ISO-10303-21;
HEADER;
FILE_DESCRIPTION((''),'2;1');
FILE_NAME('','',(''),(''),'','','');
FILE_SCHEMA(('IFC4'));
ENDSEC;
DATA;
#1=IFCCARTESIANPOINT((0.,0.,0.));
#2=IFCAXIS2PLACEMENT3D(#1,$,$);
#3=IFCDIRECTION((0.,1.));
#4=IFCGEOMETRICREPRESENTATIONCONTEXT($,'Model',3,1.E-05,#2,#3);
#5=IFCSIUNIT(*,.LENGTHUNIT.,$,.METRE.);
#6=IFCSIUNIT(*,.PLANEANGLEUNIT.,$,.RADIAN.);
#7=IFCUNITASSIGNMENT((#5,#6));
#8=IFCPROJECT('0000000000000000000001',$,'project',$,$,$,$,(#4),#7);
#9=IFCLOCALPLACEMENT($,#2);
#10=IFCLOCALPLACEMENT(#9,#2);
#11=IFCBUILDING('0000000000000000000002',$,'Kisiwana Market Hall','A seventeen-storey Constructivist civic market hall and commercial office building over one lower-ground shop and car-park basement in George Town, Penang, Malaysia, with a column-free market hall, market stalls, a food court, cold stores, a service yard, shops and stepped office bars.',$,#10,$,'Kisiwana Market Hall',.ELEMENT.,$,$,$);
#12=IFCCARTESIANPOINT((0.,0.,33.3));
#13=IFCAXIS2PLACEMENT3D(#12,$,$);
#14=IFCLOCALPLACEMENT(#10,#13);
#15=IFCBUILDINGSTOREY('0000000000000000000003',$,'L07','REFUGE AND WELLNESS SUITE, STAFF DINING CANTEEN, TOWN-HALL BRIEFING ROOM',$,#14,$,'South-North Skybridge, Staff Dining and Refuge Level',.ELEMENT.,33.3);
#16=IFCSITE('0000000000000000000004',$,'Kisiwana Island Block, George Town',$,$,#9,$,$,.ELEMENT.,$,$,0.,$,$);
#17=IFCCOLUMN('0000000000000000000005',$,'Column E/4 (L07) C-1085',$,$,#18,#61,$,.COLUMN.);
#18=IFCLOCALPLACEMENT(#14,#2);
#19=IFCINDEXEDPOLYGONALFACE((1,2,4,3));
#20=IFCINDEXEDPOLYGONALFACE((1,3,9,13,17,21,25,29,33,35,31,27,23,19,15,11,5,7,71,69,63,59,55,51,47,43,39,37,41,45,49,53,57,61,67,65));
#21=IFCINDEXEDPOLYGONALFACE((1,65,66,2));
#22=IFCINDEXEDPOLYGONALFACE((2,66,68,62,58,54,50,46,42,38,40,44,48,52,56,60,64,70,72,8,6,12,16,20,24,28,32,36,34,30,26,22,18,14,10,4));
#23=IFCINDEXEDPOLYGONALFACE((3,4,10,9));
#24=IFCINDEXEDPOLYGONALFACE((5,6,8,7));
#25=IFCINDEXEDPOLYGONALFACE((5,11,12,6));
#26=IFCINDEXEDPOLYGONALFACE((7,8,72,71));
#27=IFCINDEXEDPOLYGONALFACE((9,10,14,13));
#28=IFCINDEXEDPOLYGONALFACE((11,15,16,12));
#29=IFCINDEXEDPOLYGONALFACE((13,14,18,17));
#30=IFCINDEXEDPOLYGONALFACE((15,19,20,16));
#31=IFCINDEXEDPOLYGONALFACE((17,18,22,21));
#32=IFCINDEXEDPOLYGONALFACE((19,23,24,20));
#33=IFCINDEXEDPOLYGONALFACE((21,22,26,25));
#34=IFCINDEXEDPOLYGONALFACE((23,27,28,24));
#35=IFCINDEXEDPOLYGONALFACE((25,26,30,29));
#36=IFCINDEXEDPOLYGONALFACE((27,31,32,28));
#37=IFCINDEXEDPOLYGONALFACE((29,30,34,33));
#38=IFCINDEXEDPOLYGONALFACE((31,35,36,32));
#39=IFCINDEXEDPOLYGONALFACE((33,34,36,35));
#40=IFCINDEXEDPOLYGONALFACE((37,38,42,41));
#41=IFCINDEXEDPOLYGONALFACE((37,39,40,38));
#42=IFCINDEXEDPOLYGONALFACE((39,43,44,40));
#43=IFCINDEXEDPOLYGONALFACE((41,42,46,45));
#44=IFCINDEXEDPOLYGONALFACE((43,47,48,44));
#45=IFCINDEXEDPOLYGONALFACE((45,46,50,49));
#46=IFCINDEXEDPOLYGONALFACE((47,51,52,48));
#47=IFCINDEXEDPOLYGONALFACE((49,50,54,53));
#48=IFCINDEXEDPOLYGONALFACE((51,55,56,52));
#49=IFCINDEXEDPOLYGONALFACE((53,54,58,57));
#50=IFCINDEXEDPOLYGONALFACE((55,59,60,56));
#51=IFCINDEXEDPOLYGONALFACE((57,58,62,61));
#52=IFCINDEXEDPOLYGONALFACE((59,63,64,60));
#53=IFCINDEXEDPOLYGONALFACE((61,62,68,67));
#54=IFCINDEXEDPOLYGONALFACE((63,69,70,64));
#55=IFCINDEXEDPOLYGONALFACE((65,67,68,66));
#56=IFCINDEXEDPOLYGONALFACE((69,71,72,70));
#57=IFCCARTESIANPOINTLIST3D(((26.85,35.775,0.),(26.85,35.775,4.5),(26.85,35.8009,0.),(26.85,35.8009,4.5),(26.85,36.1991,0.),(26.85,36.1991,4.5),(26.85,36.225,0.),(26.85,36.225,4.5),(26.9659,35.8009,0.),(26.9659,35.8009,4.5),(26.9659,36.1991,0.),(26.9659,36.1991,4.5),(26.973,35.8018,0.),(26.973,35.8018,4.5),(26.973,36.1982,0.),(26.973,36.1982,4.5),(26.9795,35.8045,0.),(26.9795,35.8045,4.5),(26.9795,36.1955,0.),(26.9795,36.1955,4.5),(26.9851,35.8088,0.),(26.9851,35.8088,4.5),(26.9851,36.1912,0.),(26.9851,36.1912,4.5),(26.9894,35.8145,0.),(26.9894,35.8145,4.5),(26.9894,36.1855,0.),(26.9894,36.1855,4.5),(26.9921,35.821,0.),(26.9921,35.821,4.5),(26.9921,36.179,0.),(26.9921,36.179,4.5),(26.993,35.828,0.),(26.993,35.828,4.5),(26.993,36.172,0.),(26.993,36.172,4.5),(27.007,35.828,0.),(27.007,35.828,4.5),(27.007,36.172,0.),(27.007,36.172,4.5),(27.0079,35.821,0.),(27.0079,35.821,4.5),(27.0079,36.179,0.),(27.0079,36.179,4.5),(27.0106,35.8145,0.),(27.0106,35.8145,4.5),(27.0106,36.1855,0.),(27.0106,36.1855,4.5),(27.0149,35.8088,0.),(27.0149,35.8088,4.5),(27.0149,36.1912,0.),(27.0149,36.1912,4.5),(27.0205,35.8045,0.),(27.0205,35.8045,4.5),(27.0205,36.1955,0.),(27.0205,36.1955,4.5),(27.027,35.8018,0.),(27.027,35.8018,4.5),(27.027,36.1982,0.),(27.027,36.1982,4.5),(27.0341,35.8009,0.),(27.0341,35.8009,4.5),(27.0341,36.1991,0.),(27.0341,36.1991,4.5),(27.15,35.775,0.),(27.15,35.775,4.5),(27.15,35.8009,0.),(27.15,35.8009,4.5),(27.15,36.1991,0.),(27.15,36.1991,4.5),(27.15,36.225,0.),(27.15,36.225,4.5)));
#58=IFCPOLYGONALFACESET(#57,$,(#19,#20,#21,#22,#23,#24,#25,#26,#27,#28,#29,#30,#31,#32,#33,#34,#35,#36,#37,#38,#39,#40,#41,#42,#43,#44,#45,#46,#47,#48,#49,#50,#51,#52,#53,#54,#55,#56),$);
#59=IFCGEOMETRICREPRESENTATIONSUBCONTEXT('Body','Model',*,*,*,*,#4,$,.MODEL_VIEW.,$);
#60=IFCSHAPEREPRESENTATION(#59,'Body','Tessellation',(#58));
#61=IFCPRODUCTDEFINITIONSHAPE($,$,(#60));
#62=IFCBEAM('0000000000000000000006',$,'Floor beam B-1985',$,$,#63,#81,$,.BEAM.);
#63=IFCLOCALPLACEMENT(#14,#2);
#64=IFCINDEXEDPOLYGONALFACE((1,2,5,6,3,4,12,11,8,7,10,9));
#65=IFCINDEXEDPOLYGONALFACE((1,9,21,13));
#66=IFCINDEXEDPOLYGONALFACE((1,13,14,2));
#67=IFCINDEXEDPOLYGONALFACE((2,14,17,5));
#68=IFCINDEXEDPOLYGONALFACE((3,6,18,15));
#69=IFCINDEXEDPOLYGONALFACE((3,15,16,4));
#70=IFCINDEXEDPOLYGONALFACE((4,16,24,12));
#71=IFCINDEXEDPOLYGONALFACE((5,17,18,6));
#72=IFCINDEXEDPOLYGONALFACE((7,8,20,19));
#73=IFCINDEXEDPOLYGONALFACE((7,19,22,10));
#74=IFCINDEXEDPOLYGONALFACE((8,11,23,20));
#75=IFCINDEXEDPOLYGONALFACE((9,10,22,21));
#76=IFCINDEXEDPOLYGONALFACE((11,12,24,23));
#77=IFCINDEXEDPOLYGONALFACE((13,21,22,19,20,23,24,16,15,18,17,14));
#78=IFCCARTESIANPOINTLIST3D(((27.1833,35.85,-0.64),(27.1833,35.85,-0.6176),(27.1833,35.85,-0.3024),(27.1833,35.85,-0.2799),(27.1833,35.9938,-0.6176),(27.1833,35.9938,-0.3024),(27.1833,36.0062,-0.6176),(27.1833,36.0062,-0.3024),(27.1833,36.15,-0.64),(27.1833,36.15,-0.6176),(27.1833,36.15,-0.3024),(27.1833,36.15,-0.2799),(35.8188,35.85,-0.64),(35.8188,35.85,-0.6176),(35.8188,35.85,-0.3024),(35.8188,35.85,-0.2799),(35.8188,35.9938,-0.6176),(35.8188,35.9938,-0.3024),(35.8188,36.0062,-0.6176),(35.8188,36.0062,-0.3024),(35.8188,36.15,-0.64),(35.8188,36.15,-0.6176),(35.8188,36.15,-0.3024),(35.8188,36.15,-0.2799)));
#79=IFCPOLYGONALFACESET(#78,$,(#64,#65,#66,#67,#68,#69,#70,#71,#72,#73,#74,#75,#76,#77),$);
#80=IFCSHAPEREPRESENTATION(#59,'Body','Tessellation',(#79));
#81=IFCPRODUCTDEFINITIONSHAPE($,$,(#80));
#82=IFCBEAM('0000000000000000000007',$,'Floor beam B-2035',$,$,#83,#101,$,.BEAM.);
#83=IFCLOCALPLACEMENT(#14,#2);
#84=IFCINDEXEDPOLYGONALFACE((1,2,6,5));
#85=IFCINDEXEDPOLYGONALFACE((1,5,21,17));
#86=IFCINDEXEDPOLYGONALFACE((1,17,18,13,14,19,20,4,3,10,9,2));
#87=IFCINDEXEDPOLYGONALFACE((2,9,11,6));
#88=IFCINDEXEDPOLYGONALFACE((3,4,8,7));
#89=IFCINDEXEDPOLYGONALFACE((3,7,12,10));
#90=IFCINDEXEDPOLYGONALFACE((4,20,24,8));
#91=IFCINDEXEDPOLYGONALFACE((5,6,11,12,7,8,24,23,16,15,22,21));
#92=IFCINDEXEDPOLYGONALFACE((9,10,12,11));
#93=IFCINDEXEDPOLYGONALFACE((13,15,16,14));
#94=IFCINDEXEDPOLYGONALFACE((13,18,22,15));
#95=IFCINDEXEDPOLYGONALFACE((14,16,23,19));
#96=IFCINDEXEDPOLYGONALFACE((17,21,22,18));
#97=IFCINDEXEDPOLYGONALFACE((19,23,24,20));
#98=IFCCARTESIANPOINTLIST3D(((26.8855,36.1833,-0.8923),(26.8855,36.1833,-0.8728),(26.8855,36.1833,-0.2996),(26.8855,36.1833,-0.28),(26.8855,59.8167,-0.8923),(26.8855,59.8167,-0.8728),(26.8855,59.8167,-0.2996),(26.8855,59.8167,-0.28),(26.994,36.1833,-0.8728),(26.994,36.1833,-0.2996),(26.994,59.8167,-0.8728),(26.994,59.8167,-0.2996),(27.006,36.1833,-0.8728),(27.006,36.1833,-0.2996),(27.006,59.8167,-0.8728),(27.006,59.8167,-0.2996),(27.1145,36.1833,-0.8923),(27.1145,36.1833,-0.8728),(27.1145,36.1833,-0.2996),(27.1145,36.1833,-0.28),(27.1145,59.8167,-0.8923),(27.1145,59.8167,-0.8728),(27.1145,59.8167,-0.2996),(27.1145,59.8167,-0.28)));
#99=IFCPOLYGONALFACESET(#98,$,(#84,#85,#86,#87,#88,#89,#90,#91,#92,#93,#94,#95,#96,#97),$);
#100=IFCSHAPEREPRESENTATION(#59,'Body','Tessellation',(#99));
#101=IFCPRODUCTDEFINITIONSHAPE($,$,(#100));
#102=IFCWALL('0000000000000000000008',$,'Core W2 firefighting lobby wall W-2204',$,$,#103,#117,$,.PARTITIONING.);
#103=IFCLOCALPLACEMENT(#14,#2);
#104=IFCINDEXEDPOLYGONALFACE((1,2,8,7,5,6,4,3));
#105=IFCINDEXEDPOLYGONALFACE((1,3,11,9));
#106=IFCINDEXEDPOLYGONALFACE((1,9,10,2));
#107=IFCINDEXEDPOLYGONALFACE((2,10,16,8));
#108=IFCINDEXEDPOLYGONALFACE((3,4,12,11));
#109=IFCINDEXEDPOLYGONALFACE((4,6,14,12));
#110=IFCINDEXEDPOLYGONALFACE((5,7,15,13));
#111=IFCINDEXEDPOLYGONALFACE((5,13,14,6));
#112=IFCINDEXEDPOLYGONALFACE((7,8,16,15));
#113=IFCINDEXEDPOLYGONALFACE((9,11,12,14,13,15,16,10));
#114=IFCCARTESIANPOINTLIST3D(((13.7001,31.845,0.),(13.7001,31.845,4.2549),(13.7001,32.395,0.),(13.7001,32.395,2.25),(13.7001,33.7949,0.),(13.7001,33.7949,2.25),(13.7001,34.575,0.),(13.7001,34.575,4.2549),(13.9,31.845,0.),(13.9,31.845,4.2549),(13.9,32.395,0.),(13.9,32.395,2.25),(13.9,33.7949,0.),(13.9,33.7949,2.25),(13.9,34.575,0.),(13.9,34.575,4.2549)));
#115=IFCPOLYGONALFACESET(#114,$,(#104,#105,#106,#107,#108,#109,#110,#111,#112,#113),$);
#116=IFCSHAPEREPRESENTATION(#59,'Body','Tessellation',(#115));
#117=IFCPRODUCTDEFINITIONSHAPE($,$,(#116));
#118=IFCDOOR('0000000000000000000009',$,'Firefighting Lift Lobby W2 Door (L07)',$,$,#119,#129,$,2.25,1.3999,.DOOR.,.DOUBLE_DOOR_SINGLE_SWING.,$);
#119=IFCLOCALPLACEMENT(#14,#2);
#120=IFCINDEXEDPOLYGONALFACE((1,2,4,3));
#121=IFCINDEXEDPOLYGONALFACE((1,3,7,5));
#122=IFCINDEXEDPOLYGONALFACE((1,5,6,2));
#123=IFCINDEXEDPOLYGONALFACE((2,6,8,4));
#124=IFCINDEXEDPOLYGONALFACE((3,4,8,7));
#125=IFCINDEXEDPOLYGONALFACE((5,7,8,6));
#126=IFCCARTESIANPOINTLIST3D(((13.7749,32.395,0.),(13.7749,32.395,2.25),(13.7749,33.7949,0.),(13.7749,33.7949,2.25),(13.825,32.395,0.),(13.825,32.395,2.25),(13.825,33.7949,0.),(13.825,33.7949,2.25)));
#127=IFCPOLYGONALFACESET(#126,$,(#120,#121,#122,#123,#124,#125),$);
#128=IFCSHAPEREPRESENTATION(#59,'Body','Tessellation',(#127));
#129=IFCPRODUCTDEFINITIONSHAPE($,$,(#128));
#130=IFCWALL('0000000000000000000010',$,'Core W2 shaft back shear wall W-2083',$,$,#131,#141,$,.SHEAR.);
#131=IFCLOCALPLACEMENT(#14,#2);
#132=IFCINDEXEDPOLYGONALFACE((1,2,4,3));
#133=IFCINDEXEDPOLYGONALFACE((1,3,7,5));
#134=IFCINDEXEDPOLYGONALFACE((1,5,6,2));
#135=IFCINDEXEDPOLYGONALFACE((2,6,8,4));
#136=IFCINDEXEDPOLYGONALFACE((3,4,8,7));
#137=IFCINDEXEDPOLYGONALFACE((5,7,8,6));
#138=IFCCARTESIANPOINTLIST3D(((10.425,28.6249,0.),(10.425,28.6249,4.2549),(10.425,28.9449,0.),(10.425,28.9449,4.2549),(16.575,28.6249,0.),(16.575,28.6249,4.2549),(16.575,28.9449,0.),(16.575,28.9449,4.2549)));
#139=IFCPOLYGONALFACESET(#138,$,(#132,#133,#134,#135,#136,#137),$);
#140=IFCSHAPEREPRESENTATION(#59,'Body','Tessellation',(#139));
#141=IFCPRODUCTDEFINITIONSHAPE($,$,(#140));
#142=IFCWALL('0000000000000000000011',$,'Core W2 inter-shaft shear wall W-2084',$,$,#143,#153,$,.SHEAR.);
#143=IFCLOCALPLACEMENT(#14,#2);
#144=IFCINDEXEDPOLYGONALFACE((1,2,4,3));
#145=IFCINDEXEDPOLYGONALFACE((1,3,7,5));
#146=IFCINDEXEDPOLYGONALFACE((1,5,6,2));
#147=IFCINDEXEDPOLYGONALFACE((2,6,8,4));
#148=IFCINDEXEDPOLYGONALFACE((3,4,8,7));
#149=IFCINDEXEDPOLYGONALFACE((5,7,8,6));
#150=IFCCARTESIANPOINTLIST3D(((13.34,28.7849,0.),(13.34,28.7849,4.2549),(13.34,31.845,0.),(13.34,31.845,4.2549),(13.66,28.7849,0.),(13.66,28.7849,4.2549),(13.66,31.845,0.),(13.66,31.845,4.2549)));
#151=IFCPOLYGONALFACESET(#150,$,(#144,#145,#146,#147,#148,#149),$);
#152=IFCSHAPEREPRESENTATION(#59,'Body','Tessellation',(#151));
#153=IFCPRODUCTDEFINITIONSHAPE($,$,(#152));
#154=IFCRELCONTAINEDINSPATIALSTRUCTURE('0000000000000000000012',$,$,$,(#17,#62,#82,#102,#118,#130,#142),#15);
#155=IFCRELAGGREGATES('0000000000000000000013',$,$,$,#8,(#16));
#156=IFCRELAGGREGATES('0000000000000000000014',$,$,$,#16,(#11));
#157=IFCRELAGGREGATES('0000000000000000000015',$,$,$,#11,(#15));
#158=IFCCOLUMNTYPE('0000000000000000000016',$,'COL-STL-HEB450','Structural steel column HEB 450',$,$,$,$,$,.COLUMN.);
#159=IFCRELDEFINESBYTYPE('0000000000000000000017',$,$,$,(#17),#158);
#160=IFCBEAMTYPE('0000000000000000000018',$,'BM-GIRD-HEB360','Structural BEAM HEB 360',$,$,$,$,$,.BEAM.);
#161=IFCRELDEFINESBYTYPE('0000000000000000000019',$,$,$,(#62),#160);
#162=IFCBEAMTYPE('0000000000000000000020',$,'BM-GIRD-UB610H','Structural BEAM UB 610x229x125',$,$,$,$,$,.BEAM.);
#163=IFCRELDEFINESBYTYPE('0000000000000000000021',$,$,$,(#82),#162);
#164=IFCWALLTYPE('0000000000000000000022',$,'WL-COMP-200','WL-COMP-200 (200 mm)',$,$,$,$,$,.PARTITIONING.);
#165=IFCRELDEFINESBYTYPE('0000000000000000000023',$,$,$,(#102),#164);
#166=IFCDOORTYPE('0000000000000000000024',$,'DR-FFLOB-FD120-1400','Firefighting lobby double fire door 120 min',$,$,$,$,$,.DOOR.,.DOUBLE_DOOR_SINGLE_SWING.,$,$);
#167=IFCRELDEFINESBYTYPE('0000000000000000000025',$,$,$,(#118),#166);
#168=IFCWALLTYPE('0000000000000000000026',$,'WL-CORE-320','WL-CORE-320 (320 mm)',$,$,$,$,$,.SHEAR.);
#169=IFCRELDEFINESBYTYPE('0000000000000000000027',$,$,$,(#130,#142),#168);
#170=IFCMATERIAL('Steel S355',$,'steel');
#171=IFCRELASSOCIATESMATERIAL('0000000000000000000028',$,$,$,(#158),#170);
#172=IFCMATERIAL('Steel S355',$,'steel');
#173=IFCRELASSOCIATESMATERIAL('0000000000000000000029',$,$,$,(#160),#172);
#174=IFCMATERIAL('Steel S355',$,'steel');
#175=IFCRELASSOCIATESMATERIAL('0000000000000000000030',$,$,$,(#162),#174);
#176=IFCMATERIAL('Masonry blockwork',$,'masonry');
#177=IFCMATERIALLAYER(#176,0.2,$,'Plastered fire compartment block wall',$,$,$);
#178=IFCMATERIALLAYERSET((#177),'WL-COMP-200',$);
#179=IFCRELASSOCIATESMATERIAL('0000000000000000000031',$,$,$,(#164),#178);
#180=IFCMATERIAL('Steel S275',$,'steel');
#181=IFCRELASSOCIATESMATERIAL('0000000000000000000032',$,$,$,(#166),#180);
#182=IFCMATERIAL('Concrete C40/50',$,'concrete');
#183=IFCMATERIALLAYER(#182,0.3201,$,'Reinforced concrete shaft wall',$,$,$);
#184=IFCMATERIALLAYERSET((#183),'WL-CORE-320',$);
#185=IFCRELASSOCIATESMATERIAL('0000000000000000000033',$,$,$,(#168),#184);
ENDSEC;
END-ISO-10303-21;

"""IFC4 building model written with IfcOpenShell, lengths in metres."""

from ifc_helpers import new_model, si_unit, direction, frame, frame_2d, origin, origin_2d, place, context, subcontext, project, spatial, rectangle, i_section, extrude, material, layer, layer_set, material_profile, profile_set, type_object, element, fill, save


model = new_model("IFC4")

# Units and contexts
model_context = context("Model", 3, precision=1e-05, world=origin(), true_north=direction((0.0, 1.0)))
body_context = subcontext(model_context, "Body", "Model", "MODEL_VIEW")
ifc_project = project(units=[si_unit("LENGTHUNIT", "METRE"), si_unit("PLANEANGLEUNIT", "RADIAN")], contexts=[model_context])

# Site, building, storey
site_placement = place(None, origin())
site = spatial("IfcSite", under=ifc_project, at=site_placement, Name="Kisiwana Island Block, George Town", CompositionType="ELEMENT", RefElevation=0.0)
building_placement = place(site_placement, origin())
building = spatial("IfcBuilding", under=site, at=building_placement, Name="Kisiwana Market Hall", Description="A seventeen-storey Constructivist civic market hall and commercial office building over one lower-ground shop and car-park basement in George Town, Penang, Malaysia, with a column-free market hall, market stalls, a food court, cold stores, a service yard, shops and stepped office bars.", LongName="Kisiwana Market Hall", CompositionType="ELEMENT")
storey_placement = place(building_placement, frame((0.0, 0.0, 33.3)))
storey = spatial("IfcBuildingStorey", under=building, at=storey_placement, Name="L07", Description="REFUGE AND WELLNESS SUITE, STAFF DINING CANTEEN, TOWN-HALL BRIEFING ROOM", LongName="South-North Skybridge, Staff Dining and Refuge Level", CompositionType="ELEMENT", Elevation=33.3)

# Column
ifc_material_1 = material(Name="Steel S355", Category="steel")
ifc_material_profile_1 = material_profile(ifc_material_1, i_section(OverallWidth=0.3, OverallDepth=0.45, WebThickness=0.0139, FlangeThickness=0.0259, FilletRadius=0.0271, at=origin_2d()), Name="HEB 450")
ifc_profile_set_1 = profile_set([ifc_material_profile_1], Name="Steel S355")
column_type = type_object("IfcColumnType", Name="COL-STL-HEB450", Description="Structural steel column HEB 450", PredefinedType="COLUMN", material=ifc_profile_set_1)
column_placement = place(storey_placement, frame((27.0, 36.0, 0.0), z_axis=(0.0, 0.0, 1.0), x_axis=(1.0, 0.0, 0.0)))
element("IfcColumn", 1, at=column_placement, inside=storey, type_object=column_type, Name="Column E/4 (L07) C-1085", PredefinedType="COLUMN", context=body_context, shape_type="SweptSolid", body=[
    extrude(i_section(OverallWidth=0.3, OverallDepth=0.45, WebThickness=0.0139, FlangeThickness=0.0259, FilletRadius=0.0271, at=origin_2d()), origin(), (0.0, 0.0, 1.0), 4.5),
])

# Beams
ifc_material_2 = material(Name="Steel S355", Category="steel")
ifc_material_profile_2 = material_profile(ifc_material_2, i_section(OverallWidth=0.3, OverallDepth=0.3601, WebThickness=0.0125, FlangeThickness=0.0225, at=origin_2d()), Name="HEB 360")
ifc_profile_set_2 = profile_set([ifc_material_profile_2], Name="Steel S355")
beam_type_1 = type_object("IfcBeamType", Name="BM-GIRD-HEB360", Description="Structural BEAM HEB 360", PredefinedType="BEAM", material=ifc_profile_set_2)
beam_1_placement = place(storey_placement, frame((27.1833, 36.0, -0.46), z_axis=(1.0, 0.0, 0.0), x_axis=(0.0, 1.0, 0.0)))
element("IfcBeam", 2, at=beam_1_placement, inside=storey, type_object=beam_type_1, Name="Floor beam B-1985", PredefinedType="BEAM", context=body_context, shape_type="SweptSolid", body=[
    extrude(i_section(OverallWidth=0.3, OverallDepth=0.3601, WebThickness=0.0125, FlangeThickness=0.0225, at=origin_2d()), origin(), (0.0, 0.0, 1.0), 8.6355),
])
ifc_material_3 = material(Name="Steel S355", Category="steel")
ifc_material_profile_3 = material_profile(ifc_material_3, i_section(OverallWidth=0.229, OverallDepth=0.6123, WebThickness=0.012, FlangeThickness=0.0195, at=origin_2d()), Name="UB 610x229x125")
ifc_profile_set_3 = profile_set([ifc_material_profile_3], Name="Steel S355")
beam_type_2 = type_object("IfcBeamType", Name="BM-GIRD-UB610H", Description="Structural BEAM UB 610x229x125", PredefinedType="BEAM", material=ifc_profile_set_3)
beam_2_placement = place(storey_placement, frame((27.0, 36.1833, -0.5862), z_axis=(0.0, 1.0, 0.0), x_axis=(-1.0, 0.0, 0.0)))
element("IfcBeam", 3, at=beam_2_placement, inside=storey, type_object=beam_type_2, Name="Floor beam B-2035", PredefinedType="BEAM", context=body_context, shape_type="SweptSolid", body=[
    extrude(i_section(OverallWidth=0.229, OverallDepth=0.6123, WebThickness=0.012, FlangeThickness=0.0195, at=origin_2d()), origin(), (0.0, 0.0, 1.0), 23.6333),
])

# Wall, opening, door
ifc_material_4 = material(Name="Masonry blockwork", Category="masonry")
ifc_layer_1 = layer(ifc_material_4, 0.2, Name="Plastered fire compartment block wall")
ifc_layer_set_1 = layer_set([ifc_layer_1], Name="WL-COMP-200")
wall_type_1 = type_object("IfcWallType", Name="WL-COMP-200", Description="WL-COMP-200 (200 mm)", PredefinedType="PARTITIONING", material=ifc_layer_set_1)
wall_1_placement = place(storey_placement, frame((13.8, 31.845, 0.0), z_axis=(0.0, 0.0, 1.0), x_axis=(0.0, 1.0, 0.0)))
wall_1 = element("IfcWall", 4, at=wall_1_placement, inside=storey, type_object=wall_type_1, Name="Core W2 firefighting lobby wall W-2204", PredefinedType="PARTITIONING", context=body_context, shape_type="SweptSolid", body=[
    extrude(rectangle(XDim=2.73, YDim=0.2, at=frame_2d((1.365, 0.0))), origin(), (0.0, 0.0, 1.0), 4.2549),
])
opening_1_placement = place(wall_1_placement, frame((0.55, 0.0, 0.0)))
opening_1 = element("IfcOpeningElement", 5, at=opening_1_placement, cuts=wall_1, PredefinedType="OPENING", context=body_context, shape_type="SweptSolid", body=[
    extrude(rectangle(XDim=1.3999, YDim=2.25, at=frame_2d((0.7, 1.125))), frame((0.0, 0.1118, 0.0), z_axis=(0.0, -1.0, 0.0), x_axis=(1.0, 0.0, 0.0)), (0.0, 0.0, 1.0), 0.2239),
])
ifc_material_5 = material(Name="Steel S275", Category="steel")
door_type_1 = type_object("IfcDoorType", Name="DR-FFLOB-FD120-1400", Description="Firefighting lobby double fire door 120 min", OperationType="DOUBLE_DOOR_SINGLE_SWING", PredefinedType="DOOR", material=ifc_material_5)
door_1_placement = place(opening_1_placement, frame((1.3999, 0.0, 0.0), z_axis=(0.0, 0.0, 1.0), x_axis=(-1.0, 0.0, 0.0)))
door_1 = element("IfcDoor", 6, at=door_1_placement, inside=storey, type_object=door_type_1, Name="Firefighting Lift Lobby W2 Door (L07)", OperationType="DOUBLE_DOOR_SINGLE_SWING", OverallHeight=2.25, OverallWidth=1.3999, PredefinedType="DOOR", context=body_context, shape_type="SweptSolid", body=[
    extrude(rectangle(XDim=1.3999, YDim=2.25, at=frame_2d((0.7, 1.125))), frame((0.0, 0.0249, 0.0), z_axis=(0.0, -1.0, 0.0), x_axis=(1.0, 0.0, 0.0)), (0.0, 0.0, 1.0), 0.05),
])
fill(opening_1, door_1)

# Walls
ifc_material_6 = material(Name="Concrete C40/50", Category="concrete")
ifc_layer_2 = layer(ifc_material_6, 0.3201, Name="Reinforced concrete shaft wall")
ifc_layer_set_2 = layer_set([ifc_layer_2], Name="WL-CORE-320")
wall_type_2 = type_object("IfcWallType", Name="WL-CORE-320", Description="WL-CORE-320 (320 mm)", PredefinedType="SHEAR", material=ifc_layer_set_2)
wall_2_placement = place(storey_placement, frame((10.425, 28.7849, 0.0), z_axis=(0.0, 0.0, 1.0), x_axis=(1.0, 0.0, 0.0)))
element("IfcWall", 7, at=wall_2_placement, inside=storey, type_object=wall_type_2, Name="Core W2 shaft back shear wall W-2083", PredefinedType="SHEAR", context=body_context, shape_type="SweptSolid", body=[
    extrude(rectangle(XDim=6.1499, YDim=0.3201, at=frame_2d((3.075, 0.0))), origin(), (0.0, 0.0, 1.0), 4.2549),
])
wall_3_placement = place(storey_placement, frame((13.5, 28.7849, 0.0), z_axis=(0.0, 0.0, 1.0), x_axis=(0.0, 1.0, 0.0)))
element("IfcWall", 8, at=wall_3_placement, inside=storey, type_object=wall_type_2, Name="Core W2 inter-shaft shear wall W-2084", PredefinedType="SHEAR", context=body_context, shape_type="SweptSolid", body=[
    extrude(rectangle(XDim=3.0601, YDim=0.3201, at=frame_2d((1.53, 0.0))), origin(), (0.0, 0.0, 1.0), 4.2549),
])

save(model, "model.ifc")
